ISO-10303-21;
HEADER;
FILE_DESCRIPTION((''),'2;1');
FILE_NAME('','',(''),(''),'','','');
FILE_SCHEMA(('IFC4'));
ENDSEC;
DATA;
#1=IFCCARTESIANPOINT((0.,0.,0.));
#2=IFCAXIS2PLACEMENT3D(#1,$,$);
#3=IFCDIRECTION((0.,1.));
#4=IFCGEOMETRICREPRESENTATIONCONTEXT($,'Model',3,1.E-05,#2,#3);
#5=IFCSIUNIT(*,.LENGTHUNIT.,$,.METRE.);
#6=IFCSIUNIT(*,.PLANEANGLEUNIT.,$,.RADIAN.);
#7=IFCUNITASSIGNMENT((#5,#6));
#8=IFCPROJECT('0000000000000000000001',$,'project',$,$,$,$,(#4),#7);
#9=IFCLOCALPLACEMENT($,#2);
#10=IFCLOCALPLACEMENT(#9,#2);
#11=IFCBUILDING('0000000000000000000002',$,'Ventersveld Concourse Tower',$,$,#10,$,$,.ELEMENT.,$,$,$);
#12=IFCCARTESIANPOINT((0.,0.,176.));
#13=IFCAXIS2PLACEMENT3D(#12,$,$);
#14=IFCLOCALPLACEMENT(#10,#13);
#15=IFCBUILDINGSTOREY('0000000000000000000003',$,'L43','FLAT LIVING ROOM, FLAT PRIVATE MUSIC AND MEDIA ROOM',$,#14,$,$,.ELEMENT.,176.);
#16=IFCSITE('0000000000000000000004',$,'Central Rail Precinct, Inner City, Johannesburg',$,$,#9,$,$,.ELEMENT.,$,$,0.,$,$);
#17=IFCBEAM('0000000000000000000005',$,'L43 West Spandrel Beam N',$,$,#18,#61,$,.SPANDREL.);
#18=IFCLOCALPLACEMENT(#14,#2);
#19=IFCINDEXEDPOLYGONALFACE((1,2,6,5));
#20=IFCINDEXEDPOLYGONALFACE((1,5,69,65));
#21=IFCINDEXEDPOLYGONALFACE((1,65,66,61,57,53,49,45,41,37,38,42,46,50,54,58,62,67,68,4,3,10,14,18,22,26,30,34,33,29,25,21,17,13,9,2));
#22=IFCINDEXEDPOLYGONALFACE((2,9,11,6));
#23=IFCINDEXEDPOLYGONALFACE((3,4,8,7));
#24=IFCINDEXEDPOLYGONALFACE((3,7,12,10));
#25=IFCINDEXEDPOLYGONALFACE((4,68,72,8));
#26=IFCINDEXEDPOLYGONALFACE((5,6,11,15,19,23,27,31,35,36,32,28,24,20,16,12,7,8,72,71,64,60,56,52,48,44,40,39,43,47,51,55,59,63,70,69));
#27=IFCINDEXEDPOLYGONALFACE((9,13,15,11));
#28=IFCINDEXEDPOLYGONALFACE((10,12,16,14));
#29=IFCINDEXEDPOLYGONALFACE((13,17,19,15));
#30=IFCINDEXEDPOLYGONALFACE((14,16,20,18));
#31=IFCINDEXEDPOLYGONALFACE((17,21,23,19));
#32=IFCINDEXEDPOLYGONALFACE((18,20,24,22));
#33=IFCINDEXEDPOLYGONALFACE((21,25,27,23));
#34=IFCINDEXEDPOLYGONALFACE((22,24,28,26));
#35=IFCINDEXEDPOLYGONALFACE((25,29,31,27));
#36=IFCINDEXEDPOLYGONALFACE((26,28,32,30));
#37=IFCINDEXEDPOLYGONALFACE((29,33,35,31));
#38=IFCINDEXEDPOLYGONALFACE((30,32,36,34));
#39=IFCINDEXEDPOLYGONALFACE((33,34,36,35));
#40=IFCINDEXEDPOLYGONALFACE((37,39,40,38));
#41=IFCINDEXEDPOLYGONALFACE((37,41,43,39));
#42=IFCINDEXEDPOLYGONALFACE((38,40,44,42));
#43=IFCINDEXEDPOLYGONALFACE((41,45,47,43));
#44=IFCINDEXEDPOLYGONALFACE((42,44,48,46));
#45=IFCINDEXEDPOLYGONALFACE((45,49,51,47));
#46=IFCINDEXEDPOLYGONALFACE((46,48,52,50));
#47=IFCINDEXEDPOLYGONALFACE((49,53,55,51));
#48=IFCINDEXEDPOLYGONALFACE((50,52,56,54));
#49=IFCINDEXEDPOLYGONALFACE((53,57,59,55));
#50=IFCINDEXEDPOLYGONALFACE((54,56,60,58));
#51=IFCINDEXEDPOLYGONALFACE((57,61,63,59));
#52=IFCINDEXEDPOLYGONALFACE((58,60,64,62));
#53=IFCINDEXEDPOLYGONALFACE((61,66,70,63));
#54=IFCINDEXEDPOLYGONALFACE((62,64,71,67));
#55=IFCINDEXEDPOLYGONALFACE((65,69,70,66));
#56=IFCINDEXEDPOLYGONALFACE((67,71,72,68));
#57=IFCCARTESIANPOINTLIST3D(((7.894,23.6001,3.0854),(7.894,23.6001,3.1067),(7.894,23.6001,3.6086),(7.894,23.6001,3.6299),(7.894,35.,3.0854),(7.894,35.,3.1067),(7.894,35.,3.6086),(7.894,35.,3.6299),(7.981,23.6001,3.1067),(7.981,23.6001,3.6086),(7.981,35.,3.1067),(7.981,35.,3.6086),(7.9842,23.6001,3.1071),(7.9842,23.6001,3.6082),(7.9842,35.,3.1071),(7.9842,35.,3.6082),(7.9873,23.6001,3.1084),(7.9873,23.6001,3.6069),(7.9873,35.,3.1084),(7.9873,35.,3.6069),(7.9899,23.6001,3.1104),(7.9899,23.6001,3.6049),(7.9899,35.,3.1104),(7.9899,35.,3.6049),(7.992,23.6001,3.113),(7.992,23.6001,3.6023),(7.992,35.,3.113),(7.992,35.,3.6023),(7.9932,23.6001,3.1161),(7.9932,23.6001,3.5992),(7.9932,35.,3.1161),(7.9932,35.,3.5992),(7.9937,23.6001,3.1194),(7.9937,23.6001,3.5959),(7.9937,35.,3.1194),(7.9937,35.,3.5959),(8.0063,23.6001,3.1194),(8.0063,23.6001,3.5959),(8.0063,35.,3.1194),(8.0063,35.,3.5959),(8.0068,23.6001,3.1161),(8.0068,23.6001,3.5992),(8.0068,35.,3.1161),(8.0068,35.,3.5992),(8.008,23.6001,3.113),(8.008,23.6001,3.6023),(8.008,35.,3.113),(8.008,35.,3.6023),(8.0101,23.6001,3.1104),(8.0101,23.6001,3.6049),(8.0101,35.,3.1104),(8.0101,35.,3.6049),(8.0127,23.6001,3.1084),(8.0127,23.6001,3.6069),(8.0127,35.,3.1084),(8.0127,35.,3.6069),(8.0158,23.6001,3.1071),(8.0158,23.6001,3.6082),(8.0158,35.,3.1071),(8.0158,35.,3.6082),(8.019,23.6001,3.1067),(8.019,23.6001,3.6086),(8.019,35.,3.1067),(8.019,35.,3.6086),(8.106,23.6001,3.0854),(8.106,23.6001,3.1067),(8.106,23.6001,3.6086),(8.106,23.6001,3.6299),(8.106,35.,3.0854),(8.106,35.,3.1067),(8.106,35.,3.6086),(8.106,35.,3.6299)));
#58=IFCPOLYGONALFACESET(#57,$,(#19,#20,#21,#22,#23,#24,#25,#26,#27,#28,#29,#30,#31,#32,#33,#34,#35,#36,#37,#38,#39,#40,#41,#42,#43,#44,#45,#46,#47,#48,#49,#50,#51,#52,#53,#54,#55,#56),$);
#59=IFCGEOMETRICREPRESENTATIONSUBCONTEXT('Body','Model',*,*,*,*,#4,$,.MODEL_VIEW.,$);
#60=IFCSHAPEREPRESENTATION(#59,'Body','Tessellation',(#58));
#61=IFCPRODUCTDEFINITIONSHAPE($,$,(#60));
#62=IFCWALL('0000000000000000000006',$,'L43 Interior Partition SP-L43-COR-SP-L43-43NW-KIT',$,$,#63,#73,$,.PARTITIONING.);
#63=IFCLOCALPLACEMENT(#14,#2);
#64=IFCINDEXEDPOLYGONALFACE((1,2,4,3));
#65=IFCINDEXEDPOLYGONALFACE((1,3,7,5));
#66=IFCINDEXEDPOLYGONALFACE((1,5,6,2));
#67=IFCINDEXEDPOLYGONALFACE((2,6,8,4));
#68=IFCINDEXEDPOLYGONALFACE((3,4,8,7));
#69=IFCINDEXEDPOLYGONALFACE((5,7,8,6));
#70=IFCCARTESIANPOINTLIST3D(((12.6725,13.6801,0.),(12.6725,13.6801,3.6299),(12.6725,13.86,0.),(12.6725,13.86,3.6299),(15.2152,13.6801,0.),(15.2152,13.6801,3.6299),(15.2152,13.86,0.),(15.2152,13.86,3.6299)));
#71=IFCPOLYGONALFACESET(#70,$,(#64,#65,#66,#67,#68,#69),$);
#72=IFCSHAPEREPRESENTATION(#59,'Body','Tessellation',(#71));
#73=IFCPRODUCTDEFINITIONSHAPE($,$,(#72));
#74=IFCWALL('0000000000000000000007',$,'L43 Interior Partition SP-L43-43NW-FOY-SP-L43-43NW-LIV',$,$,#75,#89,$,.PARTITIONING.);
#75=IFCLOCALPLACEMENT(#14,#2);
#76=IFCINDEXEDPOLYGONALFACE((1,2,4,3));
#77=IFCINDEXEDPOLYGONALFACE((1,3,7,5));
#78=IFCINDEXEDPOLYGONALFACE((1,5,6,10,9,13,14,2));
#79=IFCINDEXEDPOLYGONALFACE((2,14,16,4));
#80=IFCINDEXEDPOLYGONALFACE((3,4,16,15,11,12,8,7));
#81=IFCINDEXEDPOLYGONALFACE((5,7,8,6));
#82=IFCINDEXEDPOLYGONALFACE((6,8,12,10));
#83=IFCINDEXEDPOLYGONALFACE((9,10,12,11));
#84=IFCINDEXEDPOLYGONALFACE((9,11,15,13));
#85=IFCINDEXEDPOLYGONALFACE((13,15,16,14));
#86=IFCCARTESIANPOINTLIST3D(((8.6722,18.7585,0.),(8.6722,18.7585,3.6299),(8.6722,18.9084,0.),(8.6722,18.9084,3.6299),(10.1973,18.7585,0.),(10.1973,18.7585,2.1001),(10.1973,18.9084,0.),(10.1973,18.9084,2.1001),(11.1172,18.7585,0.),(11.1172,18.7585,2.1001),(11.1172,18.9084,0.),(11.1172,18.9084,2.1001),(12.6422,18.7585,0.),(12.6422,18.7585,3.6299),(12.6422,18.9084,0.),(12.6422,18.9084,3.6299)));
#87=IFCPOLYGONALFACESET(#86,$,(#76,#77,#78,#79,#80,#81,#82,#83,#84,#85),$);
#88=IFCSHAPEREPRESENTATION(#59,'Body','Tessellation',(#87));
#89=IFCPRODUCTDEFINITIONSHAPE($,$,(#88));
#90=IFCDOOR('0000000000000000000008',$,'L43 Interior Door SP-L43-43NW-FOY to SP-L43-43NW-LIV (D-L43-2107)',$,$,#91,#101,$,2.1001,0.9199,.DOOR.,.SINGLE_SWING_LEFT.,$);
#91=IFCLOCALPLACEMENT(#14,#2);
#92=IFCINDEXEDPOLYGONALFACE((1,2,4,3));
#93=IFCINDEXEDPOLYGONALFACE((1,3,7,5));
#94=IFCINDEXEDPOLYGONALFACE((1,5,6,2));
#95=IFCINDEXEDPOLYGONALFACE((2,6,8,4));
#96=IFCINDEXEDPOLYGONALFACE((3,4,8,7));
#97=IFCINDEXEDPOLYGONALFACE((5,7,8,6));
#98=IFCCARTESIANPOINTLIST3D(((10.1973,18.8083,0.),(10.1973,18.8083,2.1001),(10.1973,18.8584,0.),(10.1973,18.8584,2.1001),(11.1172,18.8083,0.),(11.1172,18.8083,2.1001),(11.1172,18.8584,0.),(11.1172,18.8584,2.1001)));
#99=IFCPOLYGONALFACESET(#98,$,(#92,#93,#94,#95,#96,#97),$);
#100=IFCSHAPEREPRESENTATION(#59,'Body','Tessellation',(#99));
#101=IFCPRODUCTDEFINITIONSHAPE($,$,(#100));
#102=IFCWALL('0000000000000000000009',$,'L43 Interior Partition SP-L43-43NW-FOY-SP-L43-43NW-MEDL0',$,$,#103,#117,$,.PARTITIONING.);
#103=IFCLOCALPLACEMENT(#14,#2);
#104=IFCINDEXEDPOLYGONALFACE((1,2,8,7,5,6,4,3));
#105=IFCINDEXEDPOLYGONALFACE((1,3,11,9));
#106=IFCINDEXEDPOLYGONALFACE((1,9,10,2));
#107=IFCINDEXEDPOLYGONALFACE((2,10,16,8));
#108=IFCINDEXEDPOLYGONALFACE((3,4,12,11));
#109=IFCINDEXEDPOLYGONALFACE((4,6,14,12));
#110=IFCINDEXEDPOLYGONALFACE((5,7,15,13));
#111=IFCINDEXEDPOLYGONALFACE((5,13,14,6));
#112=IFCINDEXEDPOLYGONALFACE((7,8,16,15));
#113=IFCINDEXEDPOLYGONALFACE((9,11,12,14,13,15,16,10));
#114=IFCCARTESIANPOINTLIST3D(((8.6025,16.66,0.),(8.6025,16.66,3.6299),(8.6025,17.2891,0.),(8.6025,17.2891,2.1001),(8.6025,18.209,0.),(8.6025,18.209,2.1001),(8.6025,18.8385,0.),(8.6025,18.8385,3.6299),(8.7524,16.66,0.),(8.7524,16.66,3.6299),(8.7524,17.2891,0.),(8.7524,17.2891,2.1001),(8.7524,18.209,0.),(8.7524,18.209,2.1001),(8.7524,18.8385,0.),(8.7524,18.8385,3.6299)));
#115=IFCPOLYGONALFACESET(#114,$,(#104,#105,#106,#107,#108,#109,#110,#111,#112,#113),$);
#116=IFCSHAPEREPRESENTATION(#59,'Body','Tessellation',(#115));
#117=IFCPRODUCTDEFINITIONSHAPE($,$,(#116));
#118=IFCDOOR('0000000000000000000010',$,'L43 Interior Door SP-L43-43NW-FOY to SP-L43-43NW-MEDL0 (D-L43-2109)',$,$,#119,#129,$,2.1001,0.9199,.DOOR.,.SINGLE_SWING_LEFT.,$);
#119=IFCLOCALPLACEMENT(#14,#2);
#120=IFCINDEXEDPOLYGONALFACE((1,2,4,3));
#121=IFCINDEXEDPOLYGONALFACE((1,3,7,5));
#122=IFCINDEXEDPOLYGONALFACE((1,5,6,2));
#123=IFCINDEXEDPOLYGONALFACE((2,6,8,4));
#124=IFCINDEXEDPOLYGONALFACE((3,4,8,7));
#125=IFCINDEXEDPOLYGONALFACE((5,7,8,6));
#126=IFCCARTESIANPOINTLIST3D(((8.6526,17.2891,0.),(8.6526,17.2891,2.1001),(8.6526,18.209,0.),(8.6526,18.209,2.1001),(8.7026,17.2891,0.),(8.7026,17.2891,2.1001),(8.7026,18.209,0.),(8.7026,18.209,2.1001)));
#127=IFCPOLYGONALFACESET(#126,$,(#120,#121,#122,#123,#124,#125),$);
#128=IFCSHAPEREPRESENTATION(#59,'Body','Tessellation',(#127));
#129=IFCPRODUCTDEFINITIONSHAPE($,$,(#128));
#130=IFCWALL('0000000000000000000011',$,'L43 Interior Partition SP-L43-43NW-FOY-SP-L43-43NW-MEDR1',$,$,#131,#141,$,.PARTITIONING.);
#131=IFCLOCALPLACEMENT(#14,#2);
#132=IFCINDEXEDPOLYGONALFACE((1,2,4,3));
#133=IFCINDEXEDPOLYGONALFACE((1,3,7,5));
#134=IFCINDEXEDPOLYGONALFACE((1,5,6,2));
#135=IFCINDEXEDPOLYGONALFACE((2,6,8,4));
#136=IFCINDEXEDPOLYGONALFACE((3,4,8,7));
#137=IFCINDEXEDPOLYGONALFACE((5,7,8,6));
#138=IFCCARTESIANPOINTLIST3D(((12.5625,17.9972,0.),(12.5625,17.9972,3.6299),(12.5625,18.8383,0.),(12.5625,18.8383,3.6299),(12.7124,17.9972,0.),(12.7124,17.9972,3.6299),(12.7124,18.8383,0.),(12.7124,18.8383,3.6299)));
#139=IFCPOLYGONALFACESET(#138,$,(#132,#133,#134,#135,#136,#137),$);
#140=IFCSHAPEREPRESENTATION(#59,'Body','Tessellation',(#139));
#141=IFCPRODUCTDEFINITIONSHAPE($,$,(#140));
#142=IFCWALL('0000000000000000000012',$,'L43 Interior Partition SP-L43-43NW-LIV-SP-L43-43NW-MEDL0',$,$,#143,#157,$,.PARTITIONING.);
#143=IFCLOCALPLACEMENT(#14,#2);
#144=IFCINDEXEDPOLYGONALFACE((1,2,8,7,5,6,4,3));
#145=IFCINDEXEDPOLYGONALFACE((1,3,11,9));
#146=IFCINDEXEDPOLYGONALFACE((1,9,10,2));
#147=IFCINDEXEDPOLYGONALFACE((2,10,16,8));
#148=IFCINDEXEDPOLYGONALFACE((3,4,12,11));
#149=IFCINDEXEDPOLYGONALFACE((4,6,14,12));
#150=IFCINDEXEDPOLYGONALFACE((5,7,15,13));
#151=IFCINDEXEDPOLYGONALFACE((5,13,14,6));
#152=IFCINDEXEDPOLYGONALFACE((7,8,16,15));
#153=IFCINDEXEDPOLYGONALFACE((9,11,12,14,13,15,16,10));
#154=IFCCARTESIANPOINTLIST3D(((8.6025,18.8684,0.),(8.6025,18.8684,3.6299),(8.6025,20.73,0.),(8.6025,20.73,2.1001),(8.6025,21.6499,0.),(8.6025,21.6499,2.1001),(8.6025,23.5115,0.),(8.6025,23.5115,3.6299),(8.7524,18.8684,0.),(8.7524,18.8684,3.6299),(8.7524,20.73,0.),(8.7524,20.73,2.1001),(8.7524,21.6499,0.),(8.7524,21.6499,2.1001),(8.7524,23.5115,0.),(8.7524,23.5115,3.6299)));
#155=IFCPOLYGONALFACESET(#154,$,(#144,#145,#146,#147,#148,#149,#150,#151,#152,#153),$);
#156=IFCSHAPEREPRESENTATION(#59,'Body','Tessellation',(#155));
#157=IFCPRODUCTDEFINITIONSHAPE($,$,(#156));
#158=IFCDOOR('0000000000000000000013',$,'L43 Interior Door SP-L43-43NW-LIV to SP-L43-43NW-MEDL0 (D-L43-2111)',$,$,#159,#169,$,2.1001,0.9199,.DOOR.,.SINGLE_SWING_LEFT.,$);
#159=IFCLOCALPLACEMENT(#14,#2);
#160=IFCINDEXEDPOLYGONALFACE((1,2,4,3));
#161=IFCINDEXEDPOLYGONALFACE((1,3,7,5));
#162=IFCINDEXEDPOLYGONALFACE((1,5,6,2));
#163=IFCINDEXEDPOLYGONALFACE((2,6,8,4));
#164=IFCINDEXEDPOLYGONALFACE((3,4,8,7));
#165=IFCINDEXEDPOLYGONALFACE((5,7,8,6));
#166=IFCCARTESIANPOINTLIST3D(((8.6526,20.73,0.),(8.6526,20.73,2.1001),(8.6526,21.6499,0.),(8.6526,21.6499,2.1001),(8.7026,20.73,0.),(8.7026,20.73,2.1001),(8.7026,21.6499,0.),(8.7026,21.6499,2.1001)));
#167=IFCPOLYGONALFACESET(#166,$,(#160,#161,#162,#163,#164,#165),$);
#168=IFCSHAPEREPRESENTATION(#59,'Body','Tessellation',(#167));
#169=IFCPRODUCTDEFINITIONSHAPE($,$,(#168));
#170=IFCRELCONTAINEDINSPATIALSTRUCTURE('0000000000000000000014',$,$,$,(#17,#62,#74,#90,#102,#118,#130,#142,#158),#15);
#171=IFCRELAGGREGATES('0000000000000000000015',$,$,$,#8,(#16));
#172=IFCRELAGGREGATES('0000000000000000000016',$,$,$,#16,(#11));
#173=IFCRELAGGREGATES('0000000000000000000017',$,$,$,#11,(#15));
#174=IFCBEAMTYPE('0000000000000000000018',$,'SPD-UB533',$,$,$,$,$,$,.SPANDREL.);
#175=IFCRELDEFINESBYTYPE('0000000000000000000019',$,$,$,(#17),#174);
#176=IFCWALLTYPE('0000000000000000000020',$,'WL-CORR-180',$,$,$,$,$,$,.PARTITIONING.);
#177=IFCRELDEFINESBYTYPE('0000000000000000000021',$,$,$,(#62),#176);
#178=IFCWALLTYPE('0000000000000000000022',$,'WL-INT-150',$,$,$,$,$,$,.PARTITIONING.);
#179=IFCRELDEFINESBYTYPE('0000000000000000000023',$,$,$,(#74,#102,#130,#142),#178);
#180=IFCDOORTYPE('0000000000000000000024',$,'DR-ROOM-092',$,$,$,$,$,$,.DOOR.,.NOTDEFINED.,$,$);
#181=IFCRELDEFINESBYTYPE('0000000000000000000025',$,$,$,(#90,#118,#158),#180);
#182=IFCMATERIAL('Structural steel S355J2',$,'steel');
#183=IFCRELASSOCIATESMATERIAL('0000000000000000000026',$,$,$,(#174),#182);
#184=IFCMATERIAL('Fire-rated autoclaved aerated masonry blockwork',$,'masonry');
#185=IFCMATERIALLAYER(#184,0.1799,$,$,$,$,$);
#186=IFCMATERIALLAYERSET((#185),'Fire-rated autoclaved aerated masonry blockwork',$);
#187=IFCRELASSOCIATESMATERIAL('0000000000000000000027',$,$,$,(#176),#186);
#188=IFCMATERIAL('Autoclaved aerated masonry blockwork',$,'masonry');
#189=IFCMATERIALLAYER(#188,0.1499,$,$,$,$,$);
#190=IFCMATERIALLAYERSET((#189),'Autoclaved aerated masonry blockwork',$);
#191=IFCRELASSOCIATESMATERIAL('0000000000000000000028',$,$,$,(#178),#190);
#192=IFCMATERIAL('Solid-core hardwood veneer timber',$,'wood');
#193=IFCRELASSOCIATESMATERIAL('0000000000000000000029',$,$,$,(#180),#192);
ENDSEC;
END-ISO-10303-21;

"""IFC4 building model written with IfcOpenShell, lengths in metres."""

from ifc_helpers import new_model, si_unit, direction, frame, frame_2d, origin, origin_2d, place, context, subcontext, project, spatial, rectangle, i_section, extrude, material, layer, layer_set, material_profile, profile_set, type_object, element, fill, save


model = new_model("IFC4")

# Units and contexts
model_context = context("Model", 3, precision=1e-05, world=origin(), true_north=direction((0.0, 1.0)))
body_context = subcontext(model_context, "Body", "Model", "MODEL_VIEW")
ifc_project = project(units=[si_unit("LENGTHUNIT", "METRE"), si_unit("PLANEANGLEUNIT", "RADIAN")], contexts=[model_context])

# Site, building, storey
site_placement = place(None, origin())
site = spatial("IfcSite", under=ifc_project, at=site_placement, Name="Central Rail Precinct, Inner City, Johannesburg", CompositionType="ELEMENT", RefElevation=0.0)
building_placement = place(site_placement, origin())
building = spatial("IfcBuilding", under=site, at=building_placement, Name="Ventersveld Concourse Tower", CompositionType="ELEMENT")
storey_placement = place(building_placement, frame((0.0, 0.0, 176.0)))
storey = spatial("IfcBuildingStorey", under=building, at=storey_placement, Name="L43", Description="FLAT LIVING ROOM, FLAT PRIVATE MUSIC AND MEDIA ROOM", CompositionType="ELEMENT", Elevation=176.0)

# Beam
ifc_material_1 = material(Name="Structural steel S355J2", Category="steel")
ifc_material_profile_1 = material_profile(ifc_material_1, i_section(OverallWidth=0.2119, OverallDepth=0.5444, WebThickness=0.0127, FlangeThickness=0.0212, FilletRadius=0.0127, at=origin_2d()), Name="UB 533x210x122")
ifc_profile_set_1 = profile_set([ifc_material_profile_1], Name="Structural steel S355J2")
beam_type_1 = type_object("IfcBeamType", Name="SPD-UB533", PredefinedType="SPANDREL", material=ifc_profile_set_1)
beam_1_placement = place(storey_placement, frame((8.0, 23.6001, 3.3577), z_axis=(0.0, 1.0, 0.0), x_axis=(-1.0, 0.0, 0.0)))
element("IfcBeam", 1, at=beam_1_placement, inside=storey, type_object=beam_type_1, Name="L43 West Spandrel Beam N", PredefinedType="SPANDREL", context=body_context, shape_type="SweptSolid", body=[
    extrude(i_section(OverallWidth=0.2119, OverallDepth=0.5444, WebThickness=0.0127, FlangeThickness=0.0212, FilletRadius=0.0127, at=origin_2d()), origin(), (0.0, 0.0, 1.0), 11.3999),
])

# Wall
ifc_material_2 = material(Name="Fire-rated autoclaved aerated masonry blockwork", Category="masonry")
ifc_layer_1 = layer(ifc_material_2, 0.1799)
ifc_layer_set_1 = layer_set([ifc_layer_1], Name="Fire-rated autoclaved aerated masonry blockwork")
wall_type_1 = type_object("IfcWallType", Name="WL-CORR-180", PredefinedType="PARTITIONING", material=ifc_layer_set_1)
wall_1_placement = place(storey_placement, frame((12.6724, 13.77, 0.0), z_axis=(0.0, 0.0, 1.0), x_axis=(1.0, 0.0, 0.0)))
element("IfcWall", 2, at=wall_1_placement, inside=storey, type_object=wall_type_1, Name="L43 Interior Partition SP-L43-COR-SP-L43-43NW-KIT", PredefinedType="PARTITIONING", context=body_context, shape_type="SweptSolid", body=[
    extrude(rectangle(XDim=2.5427, YDim=0.1799, at=frame_2d((1.2715, 0.0))), origin(), (0.0, 0.0, 1.0), 3.6299),
])

# Walls, openings, doors
ifc_material_3 = material(Name="Autoclaved aerated masonry blockwork", Category="masonry")
ifc_layer_2 = layer(ifc_material_3, 0.1499)
ifc_layer_set_2 = layer_set([ifc_layer_2], Name="Autoclaved aerated masonry blockwork")
wall_type_2 = type_object("IfcWallType", Name="WL-INT-150", PredefinedType="PARTITIONING", material=ifc_layer_set_2)
wall_2_placement = place(storey_placement, frame((8.6724, 18.8335, 0.0), z_axis=(0.0, 0.0, 1.0), x_axis=(1.0, 0.0, 0.0)))
wall_2 = element("IfcWall", 3, at=wall_2_placement, inside=storey, type_object=wall_type_2, Name="L43 Interior Partition SP-L43-43NW-FOY-SP-L43-43NW-LIV", PredefinedType="PARTITIONING", context=body_context, shape_type="SweptSolid", body=[
    extrude(rectangle(XDim=3.97, YDim=0.1499, at=frame_2d((1.9849, 0.0))), origin(), (0.0, 0.0, 1.0), 3.6299),
])
opening_1_placement = place(wall_2_placement, frame((1.5249, 0.0, 0.0)))
opening_1 = element("IfcOpeningElement", 4, at=opening_1_placement, cuts=wall_2, PredefinedType="OPENING", context=body_context, shape_type="SweptSolid", body=[
    extrude(rectangle(XDim=0.9199, YDim=2.1001, at=frame_2d((0.46, 1.05))), frame((0.0, 0.085, 0.0), z_axis=(0.0, -1.0, 0.0), x_axis=(1.0, 0.0, 0.0)), (0.0, 0.0, 1.0), 0.1699),
])
ifc_material_4 = material(Name="Solid-core hardwood veneer timber", Category="wood")
door_type = type_object("IfcDoorType", Name="DR-ROOM-092", OperationType="NOTDEFINED", PredefinedType="DOOR", material=ifc_material_4)
door_1_placement = place(opening_1_placement, origin())
door_1 = element("IfcDoor", 5, at=door_1_placement, inside=storey, type_object=door_type, Name="L43 Interior Door SP-L43-43NW-FOY to SP-L43-43NW-LIV (D-L43-2107)", OperationType="SINGLE_SWING_LEFT", OverallHeight=2.1001, OverallWidth=0.9199, PredefinedType="DOOR", context=body_context, shape_type="SweptSolid", body=[
    extrude(rectangle(XDim=0.9199, YDim=2.1001, at=frame_2d((0.46, 1.05))), frame((0.0, 0.0249, 0.0), z_axis=(0.0, -1.0, 0.0), x_axis=(1.0, 0.0, 0.0)), (0.0, 0.0, 1.0), 0.05),
])
fill(opening_1, door_1)
wall_3_placement = place(storey_placement, frame((8.6775, 16.6599, 0.0), z_axis=(0.0, 0.0, 1.0), x_axis=(0.0, 1.0, 0.0)))
wall_3 = element("IfcWall", 6, at=wall_3_placement, inside=storey, type_object=wall_type_2, Name="L43 Interior Partition SP-L43-43NW-FOY-SP-L43-43NW-MEDL0", PredefinedType="PARTITIONING", context=body_context, shape_type="SweptSolid", body=[
    extrude(rectangle(XDim=2.1785, YDim=0.1499, at=frame_2d((1.0894, 0.0))), origin(), (0.0, 0.0, 1.0), 3.6299),
])
opening_2_placement = place(wall_3_placement, frame((0.6292, 0.0, 0.0)))
opening_2 = element("IfcOpeningElement", 7, at=opening_2_placement, cuts=wall_3, PredefinedType="OPENING", context=body_context, shape_type="SweptSolid", body=[
    extrude(rectangle(XDim=0.9199, YDim=2.1001, at=frame_2d((0.46, 1.05))), frame((0.0, 0.085, 0.0), z_axis=(0.0, -1.0, 0.0), x_axis=(1.0, 0.0, 0.0)), (0.0, 0.0, 1.0), 0.1699),
])
door_2_placement = place(opening_2_placement, origin())
door_2 = element("IfcDoor", 8, at=door_2_placement, inside=storey, type_object=door_type, Name="L43 Interior Door SP-L43-43NW-FOY to SP-L43-43NW-MEDL0 (D-L43-2109)", OperationType="SINGLE_SWING_LEFT", OverallHeight=2.1001, OverallWidth=0.9199, PredefinedType="DOOR", context=body_context, shape_type="SweptSolid", body=[
    extrude(rectangle(XDim=0.9199, YDim=2.1001, at=frame_2d((0.46, 1.05))), frame((0.0, 0.0249, 0.0), z_axis=(0.0, -1.0, 0.0), x_axis=(1.0, 0.0, 0.0)), (0.0, 0.0, 1.0), 0.05),
])
fill(opening_2, door_2)

# Wall
wall_4_placement = place(storey_placement, frame((12.6375, 17.9973, 0.0), z_axis=(0.0, 0.0, 1.0), x_axis=(0.0, 1.0, 0.0)))
element("IfcWall", 9, at=wall_4_placement, inside=storey, type_object=wall_type_2, Name="L43 Interior Partition SP-L43-43NW-FOY-SP-L43-43NW-MEDR1", PredefinedType="PARTITIONING", context=body_context, shape_type="SweptSolid", body=[
    extrude(rectangle(XDim=0.8411, YDim=0.1499, at=frame_2d((0.4204, 0.0))), origin(), (0.0, 0.0, 1.0), 3.6299),
])

# Wall, opening, door
wall_5_placement = place(storey_placement, frame((8.6775, 18.8684, 0.0), z_axis=(0.0, 0.0, 1.0), x_axis=(0.0, 1.0, 0.0)))
wall_5 = element("IfcWall", 10, at=wall_5_placement, inside=storey, type_object=wall_type_2, Name="L43 Interior Partition SP-L43-43NW-LIV-SP-L43-43NW-MEDL0", PredefinedType="PARTITIONING", context=body_context, shape_type="SweptSolid", body=[
    extrude(rectangle(XDim=4.6431, YDim=0.1499, at=frame_2d((2.3215, 0.0))), origin(), (0.0, 0.0, 1.0), 3.6299),
])
opening_3_placement = place(wall_5_placement, frame((1.8616, 0.0, 0.0)))
opening_3 = element("IfcOpeningElement", 11, at=opening_3_placement, cuts=wall_5, PredefinedType="OPENING", context=body_context, shape_type="SweptSolid", body=[
    extrude(rectangle(XDim=0.9199, YDim=2.1001, at=frame_2d((0.46, 1.05))), frame((0.0, 0.085, 0.0), z_axis=(0.0, -1.0, 0.0), x_axis=(1.0, 0.0, 0.0)), (0.0, 0.0, 1.0), 0.1699),
])
door_3_placement = place(opening_3_placement, origin())
door_3 = element("IfcDoor", 12, at=door_3_placement, inside=storey, type_object=door_type, Name="L43 Interior Door SP-L43-43NW-LIV to SP-L43-43NW-MEDL0 (D-L43-2111)", OperationType="SINGLE_SWING_LEFT", OverallHeight=2.1001, OverallWidth=0.9199, PredefinedType="DOOR", context=body_context, shape_type="SweptSolid", body=[
    extrude(rectangle(XDim=0.9199, YDim=2.1001, at=frame_2d((0.46, 1.05))), frame((0.0, 0.0249, 0.0), z_axis=(0.0, -1.0, 0.0), x_axis=(1.0, 0.0, 0.0)), (0.0, 0.0, 1.0), 0.05),
])
fill(opening_3, door_3)

save(model, "model.ifc")
